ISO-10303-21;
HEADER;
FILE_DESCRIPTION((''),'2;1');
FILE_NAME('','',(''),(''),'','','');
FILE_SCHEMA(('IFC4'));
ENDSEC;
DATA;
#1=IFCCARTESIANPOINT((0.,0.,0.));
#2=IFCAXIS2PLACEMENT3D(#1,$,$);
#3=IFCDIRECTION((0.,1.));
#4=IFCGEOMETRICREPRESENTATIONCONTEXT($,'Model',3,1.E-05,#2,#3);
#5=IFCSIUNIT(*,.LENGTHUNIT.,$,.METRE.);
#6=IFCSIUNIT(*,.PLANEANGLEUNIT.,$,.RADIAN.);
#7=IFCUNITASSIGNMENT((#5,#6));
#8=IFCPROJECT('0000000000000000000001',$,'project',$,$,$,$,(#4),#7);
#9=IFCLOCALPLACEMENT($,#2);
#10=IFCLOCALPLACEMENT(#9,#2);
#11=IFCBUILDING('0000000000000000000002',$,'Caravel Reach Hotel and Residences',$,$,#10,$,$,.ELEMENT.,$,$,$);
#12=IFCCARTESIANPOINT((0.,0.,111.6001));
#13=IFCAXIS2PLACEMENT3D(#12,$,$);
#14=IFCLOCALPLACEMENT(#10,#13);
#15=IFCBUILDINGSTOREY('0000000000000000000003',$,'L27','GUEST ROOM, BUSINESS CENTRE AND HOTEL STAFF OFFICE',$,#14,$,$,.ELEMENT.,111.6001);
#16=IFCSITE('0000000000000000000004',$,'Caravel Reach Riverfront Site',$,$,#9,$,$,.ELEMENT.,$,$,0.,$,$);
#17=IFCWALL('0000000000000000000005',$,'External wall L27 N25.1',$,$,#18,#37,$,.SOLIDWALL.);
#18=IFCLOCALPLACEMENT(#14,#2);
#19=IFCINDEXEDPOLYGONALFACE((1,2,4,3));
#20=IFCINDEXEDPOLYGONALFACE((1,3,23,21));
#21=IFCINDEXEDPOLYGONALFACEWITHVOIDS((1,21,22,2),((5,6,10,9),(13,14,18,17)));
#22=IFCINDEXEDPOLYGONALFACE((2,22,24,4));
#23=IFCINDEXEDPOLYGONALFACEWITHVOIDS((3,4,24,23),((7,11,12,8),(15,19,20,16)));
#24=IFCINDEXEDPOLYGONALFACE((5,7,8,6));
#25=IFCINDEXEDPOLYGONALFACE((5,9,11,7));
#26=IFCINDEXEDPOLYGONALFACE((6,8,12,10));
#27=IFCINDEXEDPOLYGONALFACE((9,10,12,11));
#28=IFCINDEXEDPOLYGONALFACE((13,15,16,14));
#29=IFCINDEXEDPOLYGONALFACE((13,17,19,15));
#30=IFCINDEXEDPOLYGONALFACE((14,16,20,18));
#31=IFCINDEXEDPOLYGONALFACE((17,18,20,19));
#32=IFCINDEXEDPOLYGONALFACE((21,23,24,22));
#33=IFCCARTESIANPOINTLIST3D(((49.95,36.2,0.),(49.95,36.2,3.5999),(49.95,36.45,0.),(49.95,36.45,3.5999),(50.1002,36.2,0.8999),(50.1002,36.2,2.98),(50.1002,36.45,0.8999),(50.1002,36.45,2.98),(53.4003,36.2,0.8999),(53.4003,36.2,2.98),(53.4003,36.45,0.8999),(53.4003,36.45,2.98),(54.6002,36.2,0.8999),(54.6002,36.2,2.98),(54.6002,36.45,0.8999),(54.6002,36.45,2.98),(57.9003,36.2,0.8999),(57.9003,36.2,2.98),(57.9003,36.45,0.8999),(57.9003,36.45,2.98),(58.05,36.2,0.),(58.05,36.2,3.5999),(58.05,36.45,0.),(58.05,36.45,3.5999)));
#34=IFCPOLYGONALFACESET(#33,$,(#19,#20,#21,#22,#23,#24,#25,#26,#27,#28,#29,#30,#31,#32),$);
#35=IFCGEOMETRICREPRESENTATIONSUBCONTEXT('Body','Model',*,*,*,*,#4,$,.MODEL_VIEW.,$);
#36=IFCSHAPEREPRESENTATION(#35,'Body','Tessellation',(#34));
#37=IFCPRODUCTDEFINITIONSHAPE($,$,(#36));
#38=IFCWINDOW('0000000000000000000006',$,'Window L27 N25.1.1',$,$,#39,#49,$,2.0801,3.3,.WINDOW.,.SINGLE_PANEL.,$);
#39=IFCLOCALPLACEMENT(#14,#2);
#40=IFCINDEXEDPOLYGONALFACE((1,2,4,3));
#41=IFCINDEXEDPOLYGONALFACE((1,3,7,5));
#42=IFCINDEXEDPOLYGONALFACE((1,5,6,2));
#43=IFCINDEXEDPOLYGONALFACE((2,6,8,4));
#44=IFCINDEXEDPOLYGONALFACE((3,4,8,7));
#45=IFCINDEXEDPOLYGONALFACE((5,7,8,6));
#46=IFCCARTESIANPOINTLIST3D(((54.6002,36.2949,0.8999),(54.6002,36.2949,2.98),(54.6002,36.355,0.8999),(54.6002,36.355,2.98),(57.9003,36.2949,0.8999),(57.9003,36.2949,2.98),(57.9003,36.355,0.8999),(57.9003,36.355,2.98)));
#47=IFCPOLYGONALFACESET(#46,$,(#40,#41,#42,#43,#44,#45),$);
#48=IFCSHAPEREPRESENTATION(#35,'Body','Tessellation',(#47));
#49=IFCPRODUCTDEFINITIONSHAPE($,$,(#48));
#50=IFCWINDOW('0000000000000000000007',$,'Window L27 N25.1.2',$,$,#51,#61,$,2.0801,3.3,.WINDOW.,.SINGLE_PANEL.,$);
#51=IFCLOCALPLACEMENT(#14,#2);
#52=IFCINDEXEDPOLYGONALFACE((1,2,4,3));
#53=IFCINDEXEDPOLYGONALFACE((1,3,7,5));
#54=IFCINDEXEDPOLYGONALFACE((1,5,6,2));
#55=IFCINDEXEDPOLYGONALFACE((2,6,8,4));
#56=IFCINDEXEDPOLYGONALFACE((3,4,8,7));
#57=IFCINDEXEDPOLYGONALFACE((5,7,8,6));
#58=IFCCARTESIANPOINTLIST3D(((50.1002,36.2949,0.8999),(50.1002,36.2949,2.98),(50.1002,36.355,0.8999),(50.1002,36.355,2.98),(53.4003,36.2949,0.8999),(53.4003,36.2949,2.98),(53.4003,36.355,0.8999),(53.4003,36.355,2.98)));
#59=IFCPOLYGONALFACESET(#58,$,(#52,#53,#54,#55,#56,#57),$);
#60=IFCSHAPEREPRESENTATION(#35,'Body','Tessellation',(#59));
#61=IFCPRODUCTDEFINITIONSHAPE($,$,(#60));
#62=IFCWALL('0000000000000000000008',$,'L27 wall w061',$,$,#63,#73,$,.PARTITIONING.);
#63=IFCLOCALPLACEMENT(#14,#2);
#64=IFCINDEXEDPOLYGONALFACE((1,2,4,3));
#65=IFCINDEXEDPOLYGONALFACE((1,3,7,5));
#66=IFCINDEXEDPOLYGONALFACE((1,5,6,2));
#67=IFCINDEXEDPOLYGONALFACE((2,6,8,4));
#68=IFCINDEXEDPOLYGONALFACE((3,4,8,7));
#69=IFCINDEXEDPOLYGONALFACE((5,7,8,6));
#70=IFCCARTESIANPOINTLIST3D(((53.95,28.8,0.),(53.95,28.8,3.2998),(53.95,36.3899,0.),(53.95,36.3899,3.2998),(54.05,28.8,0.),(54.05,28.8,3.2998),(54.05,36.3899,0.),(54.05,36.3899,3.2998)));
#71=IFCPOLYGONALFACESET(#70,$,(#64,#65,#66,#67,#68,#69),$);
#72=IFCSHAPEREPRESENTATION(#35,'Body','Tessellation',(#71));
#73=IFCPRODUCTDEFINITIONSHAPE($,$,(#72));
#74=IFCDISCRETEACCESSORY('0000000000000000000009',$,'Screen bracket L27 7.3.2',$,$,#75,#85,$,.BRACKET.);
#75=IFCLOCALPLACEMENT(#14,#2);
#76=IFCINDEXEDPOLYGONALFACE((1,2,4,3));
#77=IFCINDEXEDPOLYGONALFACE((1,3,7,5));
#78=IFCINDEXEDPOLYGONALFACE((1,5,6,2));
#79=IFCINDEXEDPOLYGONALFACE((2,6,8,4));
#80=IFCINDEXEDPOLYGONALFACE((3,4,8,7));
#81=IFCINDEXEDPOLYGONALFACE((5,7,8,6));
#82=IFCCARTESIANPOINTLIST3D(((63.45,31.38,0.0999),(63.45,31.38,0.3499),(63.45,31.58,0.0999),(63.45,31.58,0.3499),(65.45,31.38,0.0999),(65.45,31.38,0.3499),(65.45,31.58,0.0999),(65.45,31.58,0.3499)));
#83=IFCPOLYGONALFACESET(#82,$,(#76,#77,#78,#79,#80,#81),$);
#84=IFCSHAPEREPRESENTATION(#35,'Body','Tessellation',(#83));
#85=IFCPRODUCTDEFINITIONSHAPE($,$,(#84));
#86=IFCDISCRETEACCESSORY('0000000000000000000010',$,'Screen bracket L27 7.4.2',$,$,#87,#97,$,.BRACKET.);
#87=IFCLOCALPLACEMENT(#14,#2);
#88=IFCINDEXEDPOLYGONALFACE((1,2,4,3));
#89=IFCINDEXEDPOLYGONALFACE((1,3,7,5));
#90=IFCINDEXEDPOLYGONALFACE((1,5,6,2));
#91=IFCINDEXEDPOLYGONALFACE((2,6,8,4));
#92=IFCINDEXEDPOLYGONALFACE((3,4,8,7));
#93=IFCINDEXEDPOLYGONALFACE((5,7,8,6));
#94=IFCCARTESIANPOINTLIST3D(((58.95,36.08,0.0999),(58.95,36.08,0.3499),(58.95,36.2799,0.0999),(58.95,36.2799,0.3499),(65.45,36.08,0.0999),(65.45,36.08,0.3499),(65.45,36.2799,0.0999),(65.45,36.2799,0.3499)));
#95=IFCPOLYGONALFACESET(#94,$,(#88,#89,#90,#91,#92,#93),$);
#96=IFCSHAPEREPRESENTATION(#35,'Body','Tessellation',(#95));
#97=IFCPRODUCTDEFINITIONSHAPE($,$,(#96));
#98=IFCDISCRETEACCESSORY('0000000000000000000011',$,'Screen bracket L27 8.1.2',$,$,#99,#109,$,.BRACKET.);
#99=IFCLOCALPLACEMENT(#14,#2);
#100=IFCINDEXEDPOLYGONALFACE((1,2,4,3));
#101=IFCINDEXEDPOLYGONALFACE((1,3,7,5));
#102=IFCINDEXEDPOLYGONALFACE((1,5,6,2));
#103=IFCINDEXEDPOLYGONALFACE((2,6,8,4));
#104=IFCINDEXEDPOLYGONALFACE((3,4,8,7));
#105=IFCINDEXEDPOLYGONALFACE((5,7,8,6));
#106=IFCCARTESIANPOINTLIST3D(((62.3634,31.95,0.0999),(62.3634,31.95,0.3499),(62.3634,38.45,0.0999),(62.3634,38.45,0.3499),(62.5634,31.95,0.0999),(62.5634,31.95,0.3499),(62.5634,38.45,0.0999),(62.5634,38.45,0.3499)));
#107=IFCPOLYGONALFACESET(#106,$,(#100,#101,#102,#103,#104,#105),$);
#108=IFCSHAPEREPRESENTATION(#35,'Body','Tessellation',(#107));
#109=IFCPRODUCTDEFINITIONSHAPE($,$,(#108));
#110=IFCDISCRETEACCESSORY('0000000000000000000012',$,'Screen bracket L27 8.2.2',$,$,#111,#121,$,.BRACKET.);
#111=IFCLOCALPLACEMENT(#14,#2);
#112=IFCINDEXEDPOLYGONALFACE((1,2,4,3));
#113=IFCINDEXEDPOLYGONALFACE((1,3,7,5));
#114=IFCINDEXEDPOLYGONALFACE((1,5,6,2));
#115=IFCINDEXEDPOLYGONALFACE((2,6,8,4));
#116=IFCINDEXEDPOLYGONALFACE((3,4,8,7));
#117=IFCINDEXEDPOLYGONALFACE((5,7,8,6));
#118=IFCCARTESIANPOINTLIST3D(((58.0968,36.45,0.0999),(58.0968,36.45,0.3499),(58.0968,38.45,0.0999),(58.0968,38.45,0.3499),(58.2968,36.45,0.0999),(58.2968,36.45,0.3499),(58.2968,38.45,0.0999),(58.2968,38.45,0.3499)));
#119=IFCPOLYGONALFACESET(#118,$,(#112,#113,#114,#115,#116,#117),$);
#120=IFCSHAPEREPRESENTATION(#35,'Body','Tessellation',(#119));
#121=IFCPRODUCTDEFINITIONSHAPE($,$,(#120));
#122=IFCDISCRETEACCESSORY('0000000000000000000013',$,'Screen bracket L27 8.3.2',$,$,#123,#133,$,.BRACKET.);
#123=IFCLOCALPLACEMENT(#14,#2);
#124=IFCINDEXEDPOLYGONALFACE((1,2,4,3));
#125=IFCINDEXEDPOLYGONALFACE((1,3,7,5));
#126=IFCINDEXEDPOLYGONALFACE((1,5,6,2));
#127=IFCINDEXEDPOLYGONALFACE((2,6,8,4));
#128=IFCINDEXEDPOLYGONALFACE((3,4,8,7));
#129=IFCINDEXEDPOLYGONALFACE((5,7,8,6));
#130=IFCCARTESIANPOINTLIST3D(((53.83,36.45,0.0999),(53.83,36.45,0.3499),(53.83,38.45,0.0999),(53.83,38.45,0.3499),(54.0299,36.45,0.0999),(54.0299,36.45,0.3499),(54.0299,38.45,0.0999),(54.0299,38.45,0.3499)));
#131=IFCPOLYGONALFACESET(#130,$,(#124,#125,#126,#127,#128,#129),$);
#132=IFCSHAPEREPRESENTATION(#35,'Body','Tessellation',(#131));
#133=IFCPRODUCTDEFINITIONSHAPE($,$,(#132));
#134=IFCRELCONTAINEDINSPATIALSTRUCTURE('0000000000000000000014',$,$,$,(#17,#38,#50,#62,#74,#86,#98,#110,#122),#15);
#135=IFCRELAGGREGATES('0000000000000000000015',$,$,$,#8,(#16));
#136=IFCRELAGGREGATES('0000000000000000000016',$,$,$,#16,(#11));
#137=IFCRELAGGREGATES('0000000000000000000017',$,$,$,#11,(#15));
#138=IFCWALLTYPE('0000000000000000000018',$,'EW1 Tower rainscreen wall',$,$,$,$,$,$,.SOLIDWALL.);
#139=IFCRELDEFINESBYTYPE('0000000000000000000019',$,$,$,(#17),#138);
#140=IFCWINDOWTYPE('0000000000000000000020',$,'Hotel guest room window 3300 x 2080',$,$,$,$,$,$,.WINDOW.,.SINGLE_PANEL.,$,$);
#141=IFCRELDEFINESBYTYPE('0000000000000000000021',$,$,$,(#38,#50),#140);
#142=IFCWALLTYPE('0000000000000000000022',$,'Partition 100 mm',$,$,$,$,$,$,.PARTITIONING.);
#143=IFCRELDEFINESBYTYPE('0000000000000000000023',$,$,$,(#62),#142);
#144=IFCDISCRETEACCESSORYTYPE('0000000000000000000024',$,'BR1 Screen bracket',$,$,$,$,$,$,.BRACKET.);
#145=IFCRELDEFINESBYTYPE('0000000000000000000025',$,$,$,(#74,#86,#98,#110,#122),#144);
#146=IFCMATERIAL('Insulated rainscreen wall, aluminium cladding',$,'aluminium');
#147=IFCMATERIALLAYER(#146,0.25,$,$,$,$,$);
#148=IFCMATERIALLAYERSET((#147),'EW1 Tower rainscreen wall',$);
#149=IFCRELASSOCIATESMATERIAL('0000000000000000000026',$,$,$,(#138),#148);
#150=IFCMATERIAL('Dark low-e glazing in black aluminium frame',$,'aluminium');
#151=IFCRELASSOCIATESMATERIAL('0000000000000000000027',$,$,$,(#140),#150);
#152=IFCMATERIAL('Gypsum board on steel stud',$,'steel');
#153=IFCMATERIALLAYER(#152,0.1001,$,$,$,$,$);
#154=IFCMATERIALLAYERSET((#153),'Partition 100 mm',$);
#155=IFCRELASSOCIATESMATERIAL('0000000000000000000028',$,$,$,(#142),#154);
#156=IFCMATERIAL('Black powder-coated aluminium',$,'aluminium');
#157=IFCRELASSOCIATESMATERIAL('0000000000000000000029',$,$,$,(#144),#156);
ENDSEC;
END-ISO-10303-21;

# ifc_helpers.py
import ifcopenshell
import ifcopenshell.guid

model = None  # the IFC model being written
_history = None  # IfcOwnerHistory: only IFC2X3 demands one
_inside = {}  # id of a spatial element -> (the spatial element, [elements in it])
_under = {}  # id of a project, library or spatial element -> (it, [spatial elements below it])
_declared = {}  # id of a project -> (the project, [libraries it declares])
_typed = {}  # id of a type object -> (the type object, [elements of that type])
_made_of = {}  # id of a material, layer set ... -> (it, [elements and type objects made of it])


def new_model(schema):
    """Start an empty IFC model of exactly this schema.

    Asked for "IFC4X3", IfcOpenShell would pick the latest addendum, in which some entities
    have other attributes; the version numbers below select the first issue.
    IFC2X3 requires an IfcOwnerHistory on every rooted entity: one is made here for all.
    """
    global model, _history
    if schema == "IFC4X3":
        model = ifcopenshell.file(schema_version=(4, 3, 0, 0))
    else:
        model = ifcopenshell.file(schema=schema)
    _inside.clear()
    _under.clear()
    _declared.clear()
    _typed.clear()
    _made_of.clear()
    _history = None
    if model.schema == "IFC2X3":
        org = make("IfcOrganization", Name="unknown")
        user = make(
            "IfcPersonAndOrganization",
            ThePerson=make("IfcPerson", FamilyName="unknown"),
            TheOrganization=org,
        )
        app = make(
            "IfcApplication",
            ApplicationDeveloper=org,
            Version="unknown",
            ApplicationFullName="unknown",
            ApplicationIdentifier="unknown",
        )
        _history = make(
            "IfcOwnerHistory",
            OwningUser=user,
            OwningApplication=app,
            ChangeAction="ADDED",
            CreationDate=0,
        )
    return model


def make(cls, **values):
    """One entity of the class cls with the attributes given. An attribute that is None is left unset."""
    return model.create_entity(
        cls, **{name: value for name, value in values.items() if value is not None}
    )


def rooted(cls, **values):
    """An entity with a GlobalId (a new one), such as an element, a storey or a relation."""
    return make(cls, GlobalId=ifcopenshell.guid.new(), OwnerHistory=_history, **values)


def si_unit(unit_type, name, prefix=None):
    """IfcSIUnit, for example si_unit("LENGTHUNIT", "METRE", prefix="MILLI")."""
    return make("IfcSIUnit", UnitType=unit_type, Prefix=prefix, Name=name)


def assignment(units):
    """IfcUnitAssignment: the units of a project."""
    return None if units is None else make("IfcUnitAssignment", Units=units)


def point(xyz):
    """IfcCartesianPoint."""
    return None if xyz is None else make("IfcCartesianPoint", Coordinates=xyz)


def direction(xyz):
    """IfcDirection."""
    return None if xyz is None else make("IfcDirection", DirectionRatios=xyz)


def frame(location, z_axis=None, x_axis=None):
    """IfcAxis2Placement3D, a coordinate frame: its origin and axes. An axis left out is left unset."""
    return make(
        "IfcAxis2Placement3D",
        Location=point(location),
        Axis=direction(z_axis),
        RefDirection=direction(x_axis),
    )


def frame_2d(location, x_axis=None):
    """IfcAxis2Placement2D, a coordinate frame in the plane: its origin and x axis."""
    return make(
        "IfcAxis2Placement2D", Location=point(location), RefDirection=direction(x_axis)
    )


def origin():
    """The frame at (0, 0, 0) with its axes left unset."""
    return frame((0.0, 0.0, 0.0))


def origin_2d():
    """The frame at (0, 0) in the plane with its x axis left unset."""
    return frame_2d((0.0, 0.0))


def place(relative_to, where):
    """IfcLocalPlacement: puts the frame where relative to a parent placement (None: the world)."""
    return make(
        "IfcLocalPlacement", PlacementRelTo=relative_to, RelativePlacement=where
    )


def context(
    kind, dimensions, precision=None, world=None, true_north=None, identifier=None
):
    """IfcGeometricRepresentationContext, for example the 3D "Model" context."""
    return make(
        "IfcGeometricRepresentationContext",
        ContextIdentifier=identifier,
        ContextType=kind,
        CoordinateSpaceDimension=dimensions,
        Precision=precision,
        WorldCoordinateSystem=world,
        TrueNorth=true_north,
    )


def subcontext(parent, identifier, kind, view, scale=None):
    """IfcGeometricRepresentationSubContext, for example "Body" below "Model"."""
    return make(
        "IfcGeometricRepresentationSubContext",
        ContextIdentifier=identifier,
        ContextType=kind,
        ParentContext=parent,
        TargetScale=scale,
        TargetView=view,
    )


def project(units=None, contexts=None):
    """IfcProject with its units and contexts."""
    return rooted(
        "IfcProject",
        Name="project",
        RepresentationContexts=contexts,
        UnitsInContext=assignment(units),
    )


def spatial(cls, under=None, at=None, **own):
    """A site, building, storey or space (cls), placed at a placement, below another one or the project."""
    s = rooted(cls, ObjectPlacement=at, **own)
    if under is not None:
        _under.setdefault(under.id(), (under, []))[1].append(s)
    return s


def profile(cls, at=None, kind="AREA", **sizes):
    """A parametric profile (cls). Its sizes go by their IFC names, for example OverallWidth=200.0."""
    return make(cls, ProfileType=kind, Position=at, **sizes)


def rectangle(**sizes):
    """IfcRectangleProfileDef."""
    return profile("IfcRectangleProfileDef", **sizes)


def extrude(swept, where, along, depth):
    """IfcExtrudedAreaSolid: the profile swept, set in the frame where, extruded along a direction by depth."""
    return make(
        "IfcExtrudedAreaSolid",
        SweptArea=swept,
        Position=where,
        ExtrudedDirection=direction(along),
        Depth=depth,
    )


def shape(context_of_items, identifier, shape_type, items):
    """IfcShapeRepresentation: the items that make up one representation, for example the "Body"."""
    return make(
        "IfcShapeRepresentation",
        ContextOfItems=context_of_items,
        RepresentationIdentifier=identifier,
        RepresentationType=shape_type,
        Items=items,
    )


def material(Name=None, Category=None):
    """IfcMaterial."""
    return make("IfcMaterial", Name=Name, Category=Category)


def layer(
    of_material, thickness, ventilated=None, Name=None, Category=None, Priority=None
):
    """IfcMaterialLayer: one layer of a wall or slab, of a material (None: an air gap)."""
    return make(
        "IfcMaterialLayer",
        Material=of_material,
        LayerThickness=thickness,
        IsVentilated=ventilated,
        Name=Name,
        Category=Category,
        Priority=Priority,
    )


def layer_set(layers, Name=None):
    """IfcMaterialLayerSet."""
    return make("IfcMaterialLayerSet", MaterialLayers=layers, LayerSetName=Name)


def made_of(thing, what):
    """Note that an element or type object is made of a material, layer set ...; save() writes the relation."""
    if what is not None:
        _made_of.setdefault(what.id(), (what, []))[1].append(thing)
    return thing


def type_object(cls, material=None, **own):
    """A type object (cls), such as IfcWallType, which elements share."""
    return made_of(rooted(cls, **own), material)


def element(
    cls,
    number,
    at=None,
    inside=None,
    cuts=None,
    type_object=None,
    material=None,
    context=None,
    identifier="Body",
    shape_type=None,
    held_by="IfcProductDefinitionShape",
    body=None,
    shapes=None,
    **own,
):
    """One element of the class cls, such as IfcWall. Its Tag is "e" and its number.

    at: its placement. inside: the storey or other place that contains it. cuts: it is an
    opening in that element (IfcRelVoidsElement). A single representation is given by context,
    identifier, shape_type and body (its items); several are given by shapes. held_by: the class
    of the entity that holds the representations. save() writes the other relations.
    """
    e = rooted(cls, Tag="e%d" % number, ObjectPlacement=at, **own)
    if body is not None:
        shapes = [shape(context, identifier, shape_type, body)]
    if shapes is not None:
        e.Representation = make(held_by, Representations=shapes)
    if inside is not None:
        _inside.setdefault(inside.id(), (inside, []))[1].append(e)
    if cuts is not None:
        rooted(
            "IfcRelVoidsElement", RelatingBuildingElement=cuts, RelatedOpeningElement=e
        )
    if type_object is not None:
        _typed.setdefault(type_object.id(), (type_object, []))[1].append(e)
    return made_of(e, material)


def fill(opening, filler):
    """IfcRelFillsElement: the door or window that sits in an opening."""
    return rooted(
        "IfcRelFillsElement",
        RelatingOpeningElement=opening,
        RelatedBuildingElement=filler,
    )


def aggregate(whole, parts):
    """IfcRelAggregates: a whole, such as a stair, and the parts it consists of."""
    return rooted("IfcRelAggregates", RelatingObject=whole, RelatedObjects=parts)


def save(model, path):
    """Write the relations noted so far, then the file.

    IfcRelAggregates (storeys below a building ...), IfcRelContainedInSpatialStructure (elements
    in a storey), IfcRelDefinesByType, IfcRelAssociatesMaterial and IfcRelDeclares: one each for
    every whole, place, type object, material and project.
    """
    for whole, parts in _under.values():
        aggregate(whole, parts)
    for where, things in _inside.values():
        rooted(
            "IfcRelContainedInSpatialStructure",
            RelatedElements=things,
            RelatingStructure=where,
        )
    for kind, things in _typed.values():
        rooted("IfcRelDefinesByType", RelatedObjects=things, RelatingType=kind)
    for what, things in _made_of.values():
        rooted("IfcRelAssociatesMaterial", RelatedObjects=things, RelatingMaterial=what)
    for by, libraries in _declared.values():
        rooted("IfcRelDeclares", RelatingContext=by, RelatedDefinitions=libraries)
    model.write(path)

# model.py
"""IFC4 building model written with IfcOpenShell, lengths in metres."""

from ifc_helpers import new_model, si_unit, direction, frame, frame_2d, origin, origin_2d, place, context, subcontext, project, spatial, rectangle, extrude, material, layer, layer_set, type_object, element, fill, save


model = new_model("IFC4")

# Units and contexts
model_context = context("Model", 3, precision=1e-05, world=origin(), true_north=direction((0.0, 1.0)))
body_context = subcontext(model_context, "Body", "Model", "MODEL_VIEW")
ifc_project = project(units=[si_unit("LENGTHUNIT", "METRE"), si_unit("PLANEANGLEUNIT", "RADIAN")], contexts=[model_context])

# Site, building, storey
site_placement = place(None, origin())
site = spatial("IfcSite", under=ifc_project, at=site_placement, Name="Caravel Reach Riverfront Site", CompositionType="ELEMENT", RefElevation=0.0)
building_placement = place(site_placement, origin())
building = spatial("IfcBuilding", under=site, at=building_placement, Name="Caravel Reach Hotel and Residences", CompositionType="ELEMENT")
storey_placement = place(building_placement, frame((0.0, 0.0, 111.6001)))
storey = spatial("IfcBuildingStorey", under=building, at=storey_placement, Name="L27", Description="GUEST ROOM, BUSINESS CENTRE AND HOTEL STAFF OFFICE", CompositionType="ELEMENT", Elevation=111.6001)

# Shared definitions
ifc_material_1 = material(Name="Insulated rainscreen wall, aluminium cladding", Category="aluminium")
ifc_layer_1 = layer(ifc_material_1, 0.25)
ifc_layer_set_1 = layer_set([ifc_layer_1], Name="EW1 Tower rainscreen wall")
wall_type_1 = type_object("IfcWallType", Name="EW1 Tower rainscreen wall", PredefinedType="SOLIDWALL", material=ifc_layer_set_1)

# Wall, openings, windows
wall_1_placement = place(storey_placement, frame((58.05, 36.325, 0.0), z_axis=(0.0, 0.0, 1.0), x_axis=(-1.0, 0.0, 0.0)))
wall_1 = element("IfcWall", 1, at=wall_1_placement, inside=storey, type_object=wall_type_1, Name="External wall L27 N25.1", PredefinedType="SOLIDWALL", context=body_context, shape_type="SweptSolid", body=[
    extrude(rectangle(XDim=8.1001, YDim=0.25, at=frame_2d((4.05, 0.0))), origin(), (0.0, 0.0, 1.0), 3.5999),
])
opening_1_placement = place(wall_1_placement, frame((0.1499, 0.0, 0.8999)))
opening_1 = element("IfcOpeningElement", 2, at=opening_1_placement, cuts=wall_1, PredefinedType="OPENING", context=body_context, shape_type="SweptSolid", body=[
    extrude(rectangle(XDim=3.3, YDim=2.0801, at=frame_2d((1.6499, 1.04))), frame((0.0, 0.135, 0.0), z_axis=(0.0, -1.0, 0.0), x_axis=(1.0, 0.0, 0.0)), (0.0, 0.0, 1.0), 0.27),
])
opening_2_placement = place(wall_1_placement, frame((4.6499, 0.0, 0.8999)))
opening_2 = element("IfcOpeningElement", 3, at=opening_2_placement, cuts=wall_1, PredefinedType="OPENING", context=body_context, shape_type="SweptSolid", body=[
    extrude(rectangle(XDim=3.3, YDim=2.0801, at=frame_2d((1.6499, 1.04))), frame((0.0, 0.135, 0.0), z_axis=(0.0, -1.0, 0.0), x_axis=(1.0, 0.0, 0.0)), (0.0, 0.0, 1.0), 0.27),
])
ifc_material_2 = material(Name="Dark low-e glazing in black aluminium frame", Category="aluminium")
window_type_1 = type_object("IfcWindowType", Name="Hotel guest room window 3300 x 2080", PartitioningType="SINGLE_PANEL", PredefinedType="WINDOW", material=ifc_material_2)
window_1_placement = place(opening_1_placement, origin())
window_1 = element("IfcWindow", 4, at=window_1_placement, inside=storey, type_object=window_type_1, Name="Window L27 N25.1.1", OverallHeight=2.0801, OverallWidth=3.3, PartitioningType="SINGLE_PANEL", PredefinedType="WINDOW", context=body_context, shape_type="SweptSolid", body=[
    extrude(rectangle(XDim=3.3, YDim=2.0801, at=frame_2d((1.6499, 1.04))), frame((0.0, 0.03, 0.0), z_axis=(0.0, -1.0, 0.0), x_axis=(1.0, 0.0, 0.0)), (0.0, 0.0, 1.0), 0.0601),
])
fill(opening_1, window_1)
window_2_placement = place(opening_2_placement, origin())
window_2 = element("IfcWindow", 5, at=window_2_placement, inside=storey, type_object=window_type_1, Name="Window L27 N25.1.2", OverallHeight=2.0801, OverallWidth=3.3, PartitioningType="SINGLE_PANEL", PredefinedType="WINDOW", context=body_context, shape_type="SweptSolid", body=[
    extrude(rectangle(XDim=3.3, YDim=2.0801, at=frame_2d((1.6499, 1.04))), frame((0.0, 0.03, 0.0), z_axis=(0.0, -1.0, 0.0), x_axis=(1.0, 0.0, 0.0)), (0.0, 0.0, 1.0), 0.0601),
])
fill(opening_2, window_2)

# Wall
ifc_material_3 = material(Name="Gypsum board on steel stud", Category="steel")
ifc_layer_2 = layer(ifc_material_3, 0.1001)
ifc_layer_set_2 = layer_set([ifc_layer_2], Name="Partition 100 mm")
wall_type_2 = type_object("IfcWallType", Name="Partition 100 mm", PredefinedType="PARTITIONING", material=ifc_layer_set_2)
wall_2_placement = place(storey_placement, frame((54.0, 28.8, 0.0), z_axis=(0.0, 0.0, 1.0), x_axis=(0.0, 1.0, 0.0)))
element("IfcWall", 6, at=wall_2_placement, inside=storey, type_object=wall_type_2, Name="L27 wall w061", PredefinedType="PARTITIONING", context=body_context, shape_type="SweptSolid", body=[
    extrude(rectangle(XDim=7.5898, YDim=0.1001, at=frame_2d((3.7949, 0.0))), origin(), (0.0, 0.0, 1.0), 3.2998),
])

# Discrete accessories
ifc_material_4 = material(Name="Black powder-coated aluminium", Category="aluminium")
discrete_accessory_type = type_object("IfcDiscreteAccessoryType", Name="BR1 Screen bracket", PredefinedType="BRACKET", material=ifc_material_4)
discrete_accessory_placement = place(storey_placement, frame((64.45, 31.48, 0.0999), z_axis=(0.0, 0.0, 1.0), x_axis=(1.0, 0.0, 0.0)))
element("IfcDiscreteAccessory", 7, at=discrete_accessory_placement, inside=storey, type_object=discrete_accessory_type, Name="Screen bracket L27 7.3.2", PredefinedType="BRACKET", context=body_context, shape_type="SweptSolid", body=[
    extrude(rectangle(XDim=2.0, YDim=0.2, at=origin_2d()), origin(), (0.0, 0.0, 1.0), 0.25),
])
for number, where, z_axis, x_axis, name in (
    (8, (62.2, 36.1799, 0.0999), (0.0, 0.0, 1.0), (1.0, 0.0, 0.0), "Screen bracket L27 7.4.2"),
    (9, (62.4634, 35.2, 0.0999), (0.0, 0.0, 1.0), (0.0, 1.0, 0.0), "Screen bracket L27 8.1.2"),
):
    element("IfcDiscreteAccessory", number, at=place(storey_placement, frame(where, z_axis=z_axis, x_axis=x_axis)), inside=storey, type_object=discrete_accessory_type, Name=name, PredefinedType="BRACKET", context=body_context, shape_type="SweptSolid", body=[
        extrude(rectangle(XDim=6.5, YDim=0.2, at=origin_2d()), origin(), (0.0, 0.0, 1.0), 0.25),
    ])
for number, where, z_axis, x_axis, name in (
    (10, (58.1968, 37.45, 0.0999), (0.0, 0.0, 1.0), (0.0, 1.0, 0.0), "Screen bracket L27 8.2.2"),
    (11, (53.9299, 37.45, 0.0999), (0.0, 0.0, 1.0), (0.0, 1.0, 0.0), "Screen bracket L27 8.3.2"),
):
    element("IfcDiscreteAccessory", number, at=place(storey_placement, frame(where, z_axis=z_axis, x_axis=x_axis)), inside=storey, type_object=discrete_accessory_type, Name=name, PredefinedType="BRACKET", context=body_context, shape_type="SweptSolid", body=[
        extrude(rectangle(XDim=2.0, YDim=0.2, at=origin_2d()), origin(), (0.0, 0.0, 1.0), 0.25),
    ])

save(model, "model.ifc")
